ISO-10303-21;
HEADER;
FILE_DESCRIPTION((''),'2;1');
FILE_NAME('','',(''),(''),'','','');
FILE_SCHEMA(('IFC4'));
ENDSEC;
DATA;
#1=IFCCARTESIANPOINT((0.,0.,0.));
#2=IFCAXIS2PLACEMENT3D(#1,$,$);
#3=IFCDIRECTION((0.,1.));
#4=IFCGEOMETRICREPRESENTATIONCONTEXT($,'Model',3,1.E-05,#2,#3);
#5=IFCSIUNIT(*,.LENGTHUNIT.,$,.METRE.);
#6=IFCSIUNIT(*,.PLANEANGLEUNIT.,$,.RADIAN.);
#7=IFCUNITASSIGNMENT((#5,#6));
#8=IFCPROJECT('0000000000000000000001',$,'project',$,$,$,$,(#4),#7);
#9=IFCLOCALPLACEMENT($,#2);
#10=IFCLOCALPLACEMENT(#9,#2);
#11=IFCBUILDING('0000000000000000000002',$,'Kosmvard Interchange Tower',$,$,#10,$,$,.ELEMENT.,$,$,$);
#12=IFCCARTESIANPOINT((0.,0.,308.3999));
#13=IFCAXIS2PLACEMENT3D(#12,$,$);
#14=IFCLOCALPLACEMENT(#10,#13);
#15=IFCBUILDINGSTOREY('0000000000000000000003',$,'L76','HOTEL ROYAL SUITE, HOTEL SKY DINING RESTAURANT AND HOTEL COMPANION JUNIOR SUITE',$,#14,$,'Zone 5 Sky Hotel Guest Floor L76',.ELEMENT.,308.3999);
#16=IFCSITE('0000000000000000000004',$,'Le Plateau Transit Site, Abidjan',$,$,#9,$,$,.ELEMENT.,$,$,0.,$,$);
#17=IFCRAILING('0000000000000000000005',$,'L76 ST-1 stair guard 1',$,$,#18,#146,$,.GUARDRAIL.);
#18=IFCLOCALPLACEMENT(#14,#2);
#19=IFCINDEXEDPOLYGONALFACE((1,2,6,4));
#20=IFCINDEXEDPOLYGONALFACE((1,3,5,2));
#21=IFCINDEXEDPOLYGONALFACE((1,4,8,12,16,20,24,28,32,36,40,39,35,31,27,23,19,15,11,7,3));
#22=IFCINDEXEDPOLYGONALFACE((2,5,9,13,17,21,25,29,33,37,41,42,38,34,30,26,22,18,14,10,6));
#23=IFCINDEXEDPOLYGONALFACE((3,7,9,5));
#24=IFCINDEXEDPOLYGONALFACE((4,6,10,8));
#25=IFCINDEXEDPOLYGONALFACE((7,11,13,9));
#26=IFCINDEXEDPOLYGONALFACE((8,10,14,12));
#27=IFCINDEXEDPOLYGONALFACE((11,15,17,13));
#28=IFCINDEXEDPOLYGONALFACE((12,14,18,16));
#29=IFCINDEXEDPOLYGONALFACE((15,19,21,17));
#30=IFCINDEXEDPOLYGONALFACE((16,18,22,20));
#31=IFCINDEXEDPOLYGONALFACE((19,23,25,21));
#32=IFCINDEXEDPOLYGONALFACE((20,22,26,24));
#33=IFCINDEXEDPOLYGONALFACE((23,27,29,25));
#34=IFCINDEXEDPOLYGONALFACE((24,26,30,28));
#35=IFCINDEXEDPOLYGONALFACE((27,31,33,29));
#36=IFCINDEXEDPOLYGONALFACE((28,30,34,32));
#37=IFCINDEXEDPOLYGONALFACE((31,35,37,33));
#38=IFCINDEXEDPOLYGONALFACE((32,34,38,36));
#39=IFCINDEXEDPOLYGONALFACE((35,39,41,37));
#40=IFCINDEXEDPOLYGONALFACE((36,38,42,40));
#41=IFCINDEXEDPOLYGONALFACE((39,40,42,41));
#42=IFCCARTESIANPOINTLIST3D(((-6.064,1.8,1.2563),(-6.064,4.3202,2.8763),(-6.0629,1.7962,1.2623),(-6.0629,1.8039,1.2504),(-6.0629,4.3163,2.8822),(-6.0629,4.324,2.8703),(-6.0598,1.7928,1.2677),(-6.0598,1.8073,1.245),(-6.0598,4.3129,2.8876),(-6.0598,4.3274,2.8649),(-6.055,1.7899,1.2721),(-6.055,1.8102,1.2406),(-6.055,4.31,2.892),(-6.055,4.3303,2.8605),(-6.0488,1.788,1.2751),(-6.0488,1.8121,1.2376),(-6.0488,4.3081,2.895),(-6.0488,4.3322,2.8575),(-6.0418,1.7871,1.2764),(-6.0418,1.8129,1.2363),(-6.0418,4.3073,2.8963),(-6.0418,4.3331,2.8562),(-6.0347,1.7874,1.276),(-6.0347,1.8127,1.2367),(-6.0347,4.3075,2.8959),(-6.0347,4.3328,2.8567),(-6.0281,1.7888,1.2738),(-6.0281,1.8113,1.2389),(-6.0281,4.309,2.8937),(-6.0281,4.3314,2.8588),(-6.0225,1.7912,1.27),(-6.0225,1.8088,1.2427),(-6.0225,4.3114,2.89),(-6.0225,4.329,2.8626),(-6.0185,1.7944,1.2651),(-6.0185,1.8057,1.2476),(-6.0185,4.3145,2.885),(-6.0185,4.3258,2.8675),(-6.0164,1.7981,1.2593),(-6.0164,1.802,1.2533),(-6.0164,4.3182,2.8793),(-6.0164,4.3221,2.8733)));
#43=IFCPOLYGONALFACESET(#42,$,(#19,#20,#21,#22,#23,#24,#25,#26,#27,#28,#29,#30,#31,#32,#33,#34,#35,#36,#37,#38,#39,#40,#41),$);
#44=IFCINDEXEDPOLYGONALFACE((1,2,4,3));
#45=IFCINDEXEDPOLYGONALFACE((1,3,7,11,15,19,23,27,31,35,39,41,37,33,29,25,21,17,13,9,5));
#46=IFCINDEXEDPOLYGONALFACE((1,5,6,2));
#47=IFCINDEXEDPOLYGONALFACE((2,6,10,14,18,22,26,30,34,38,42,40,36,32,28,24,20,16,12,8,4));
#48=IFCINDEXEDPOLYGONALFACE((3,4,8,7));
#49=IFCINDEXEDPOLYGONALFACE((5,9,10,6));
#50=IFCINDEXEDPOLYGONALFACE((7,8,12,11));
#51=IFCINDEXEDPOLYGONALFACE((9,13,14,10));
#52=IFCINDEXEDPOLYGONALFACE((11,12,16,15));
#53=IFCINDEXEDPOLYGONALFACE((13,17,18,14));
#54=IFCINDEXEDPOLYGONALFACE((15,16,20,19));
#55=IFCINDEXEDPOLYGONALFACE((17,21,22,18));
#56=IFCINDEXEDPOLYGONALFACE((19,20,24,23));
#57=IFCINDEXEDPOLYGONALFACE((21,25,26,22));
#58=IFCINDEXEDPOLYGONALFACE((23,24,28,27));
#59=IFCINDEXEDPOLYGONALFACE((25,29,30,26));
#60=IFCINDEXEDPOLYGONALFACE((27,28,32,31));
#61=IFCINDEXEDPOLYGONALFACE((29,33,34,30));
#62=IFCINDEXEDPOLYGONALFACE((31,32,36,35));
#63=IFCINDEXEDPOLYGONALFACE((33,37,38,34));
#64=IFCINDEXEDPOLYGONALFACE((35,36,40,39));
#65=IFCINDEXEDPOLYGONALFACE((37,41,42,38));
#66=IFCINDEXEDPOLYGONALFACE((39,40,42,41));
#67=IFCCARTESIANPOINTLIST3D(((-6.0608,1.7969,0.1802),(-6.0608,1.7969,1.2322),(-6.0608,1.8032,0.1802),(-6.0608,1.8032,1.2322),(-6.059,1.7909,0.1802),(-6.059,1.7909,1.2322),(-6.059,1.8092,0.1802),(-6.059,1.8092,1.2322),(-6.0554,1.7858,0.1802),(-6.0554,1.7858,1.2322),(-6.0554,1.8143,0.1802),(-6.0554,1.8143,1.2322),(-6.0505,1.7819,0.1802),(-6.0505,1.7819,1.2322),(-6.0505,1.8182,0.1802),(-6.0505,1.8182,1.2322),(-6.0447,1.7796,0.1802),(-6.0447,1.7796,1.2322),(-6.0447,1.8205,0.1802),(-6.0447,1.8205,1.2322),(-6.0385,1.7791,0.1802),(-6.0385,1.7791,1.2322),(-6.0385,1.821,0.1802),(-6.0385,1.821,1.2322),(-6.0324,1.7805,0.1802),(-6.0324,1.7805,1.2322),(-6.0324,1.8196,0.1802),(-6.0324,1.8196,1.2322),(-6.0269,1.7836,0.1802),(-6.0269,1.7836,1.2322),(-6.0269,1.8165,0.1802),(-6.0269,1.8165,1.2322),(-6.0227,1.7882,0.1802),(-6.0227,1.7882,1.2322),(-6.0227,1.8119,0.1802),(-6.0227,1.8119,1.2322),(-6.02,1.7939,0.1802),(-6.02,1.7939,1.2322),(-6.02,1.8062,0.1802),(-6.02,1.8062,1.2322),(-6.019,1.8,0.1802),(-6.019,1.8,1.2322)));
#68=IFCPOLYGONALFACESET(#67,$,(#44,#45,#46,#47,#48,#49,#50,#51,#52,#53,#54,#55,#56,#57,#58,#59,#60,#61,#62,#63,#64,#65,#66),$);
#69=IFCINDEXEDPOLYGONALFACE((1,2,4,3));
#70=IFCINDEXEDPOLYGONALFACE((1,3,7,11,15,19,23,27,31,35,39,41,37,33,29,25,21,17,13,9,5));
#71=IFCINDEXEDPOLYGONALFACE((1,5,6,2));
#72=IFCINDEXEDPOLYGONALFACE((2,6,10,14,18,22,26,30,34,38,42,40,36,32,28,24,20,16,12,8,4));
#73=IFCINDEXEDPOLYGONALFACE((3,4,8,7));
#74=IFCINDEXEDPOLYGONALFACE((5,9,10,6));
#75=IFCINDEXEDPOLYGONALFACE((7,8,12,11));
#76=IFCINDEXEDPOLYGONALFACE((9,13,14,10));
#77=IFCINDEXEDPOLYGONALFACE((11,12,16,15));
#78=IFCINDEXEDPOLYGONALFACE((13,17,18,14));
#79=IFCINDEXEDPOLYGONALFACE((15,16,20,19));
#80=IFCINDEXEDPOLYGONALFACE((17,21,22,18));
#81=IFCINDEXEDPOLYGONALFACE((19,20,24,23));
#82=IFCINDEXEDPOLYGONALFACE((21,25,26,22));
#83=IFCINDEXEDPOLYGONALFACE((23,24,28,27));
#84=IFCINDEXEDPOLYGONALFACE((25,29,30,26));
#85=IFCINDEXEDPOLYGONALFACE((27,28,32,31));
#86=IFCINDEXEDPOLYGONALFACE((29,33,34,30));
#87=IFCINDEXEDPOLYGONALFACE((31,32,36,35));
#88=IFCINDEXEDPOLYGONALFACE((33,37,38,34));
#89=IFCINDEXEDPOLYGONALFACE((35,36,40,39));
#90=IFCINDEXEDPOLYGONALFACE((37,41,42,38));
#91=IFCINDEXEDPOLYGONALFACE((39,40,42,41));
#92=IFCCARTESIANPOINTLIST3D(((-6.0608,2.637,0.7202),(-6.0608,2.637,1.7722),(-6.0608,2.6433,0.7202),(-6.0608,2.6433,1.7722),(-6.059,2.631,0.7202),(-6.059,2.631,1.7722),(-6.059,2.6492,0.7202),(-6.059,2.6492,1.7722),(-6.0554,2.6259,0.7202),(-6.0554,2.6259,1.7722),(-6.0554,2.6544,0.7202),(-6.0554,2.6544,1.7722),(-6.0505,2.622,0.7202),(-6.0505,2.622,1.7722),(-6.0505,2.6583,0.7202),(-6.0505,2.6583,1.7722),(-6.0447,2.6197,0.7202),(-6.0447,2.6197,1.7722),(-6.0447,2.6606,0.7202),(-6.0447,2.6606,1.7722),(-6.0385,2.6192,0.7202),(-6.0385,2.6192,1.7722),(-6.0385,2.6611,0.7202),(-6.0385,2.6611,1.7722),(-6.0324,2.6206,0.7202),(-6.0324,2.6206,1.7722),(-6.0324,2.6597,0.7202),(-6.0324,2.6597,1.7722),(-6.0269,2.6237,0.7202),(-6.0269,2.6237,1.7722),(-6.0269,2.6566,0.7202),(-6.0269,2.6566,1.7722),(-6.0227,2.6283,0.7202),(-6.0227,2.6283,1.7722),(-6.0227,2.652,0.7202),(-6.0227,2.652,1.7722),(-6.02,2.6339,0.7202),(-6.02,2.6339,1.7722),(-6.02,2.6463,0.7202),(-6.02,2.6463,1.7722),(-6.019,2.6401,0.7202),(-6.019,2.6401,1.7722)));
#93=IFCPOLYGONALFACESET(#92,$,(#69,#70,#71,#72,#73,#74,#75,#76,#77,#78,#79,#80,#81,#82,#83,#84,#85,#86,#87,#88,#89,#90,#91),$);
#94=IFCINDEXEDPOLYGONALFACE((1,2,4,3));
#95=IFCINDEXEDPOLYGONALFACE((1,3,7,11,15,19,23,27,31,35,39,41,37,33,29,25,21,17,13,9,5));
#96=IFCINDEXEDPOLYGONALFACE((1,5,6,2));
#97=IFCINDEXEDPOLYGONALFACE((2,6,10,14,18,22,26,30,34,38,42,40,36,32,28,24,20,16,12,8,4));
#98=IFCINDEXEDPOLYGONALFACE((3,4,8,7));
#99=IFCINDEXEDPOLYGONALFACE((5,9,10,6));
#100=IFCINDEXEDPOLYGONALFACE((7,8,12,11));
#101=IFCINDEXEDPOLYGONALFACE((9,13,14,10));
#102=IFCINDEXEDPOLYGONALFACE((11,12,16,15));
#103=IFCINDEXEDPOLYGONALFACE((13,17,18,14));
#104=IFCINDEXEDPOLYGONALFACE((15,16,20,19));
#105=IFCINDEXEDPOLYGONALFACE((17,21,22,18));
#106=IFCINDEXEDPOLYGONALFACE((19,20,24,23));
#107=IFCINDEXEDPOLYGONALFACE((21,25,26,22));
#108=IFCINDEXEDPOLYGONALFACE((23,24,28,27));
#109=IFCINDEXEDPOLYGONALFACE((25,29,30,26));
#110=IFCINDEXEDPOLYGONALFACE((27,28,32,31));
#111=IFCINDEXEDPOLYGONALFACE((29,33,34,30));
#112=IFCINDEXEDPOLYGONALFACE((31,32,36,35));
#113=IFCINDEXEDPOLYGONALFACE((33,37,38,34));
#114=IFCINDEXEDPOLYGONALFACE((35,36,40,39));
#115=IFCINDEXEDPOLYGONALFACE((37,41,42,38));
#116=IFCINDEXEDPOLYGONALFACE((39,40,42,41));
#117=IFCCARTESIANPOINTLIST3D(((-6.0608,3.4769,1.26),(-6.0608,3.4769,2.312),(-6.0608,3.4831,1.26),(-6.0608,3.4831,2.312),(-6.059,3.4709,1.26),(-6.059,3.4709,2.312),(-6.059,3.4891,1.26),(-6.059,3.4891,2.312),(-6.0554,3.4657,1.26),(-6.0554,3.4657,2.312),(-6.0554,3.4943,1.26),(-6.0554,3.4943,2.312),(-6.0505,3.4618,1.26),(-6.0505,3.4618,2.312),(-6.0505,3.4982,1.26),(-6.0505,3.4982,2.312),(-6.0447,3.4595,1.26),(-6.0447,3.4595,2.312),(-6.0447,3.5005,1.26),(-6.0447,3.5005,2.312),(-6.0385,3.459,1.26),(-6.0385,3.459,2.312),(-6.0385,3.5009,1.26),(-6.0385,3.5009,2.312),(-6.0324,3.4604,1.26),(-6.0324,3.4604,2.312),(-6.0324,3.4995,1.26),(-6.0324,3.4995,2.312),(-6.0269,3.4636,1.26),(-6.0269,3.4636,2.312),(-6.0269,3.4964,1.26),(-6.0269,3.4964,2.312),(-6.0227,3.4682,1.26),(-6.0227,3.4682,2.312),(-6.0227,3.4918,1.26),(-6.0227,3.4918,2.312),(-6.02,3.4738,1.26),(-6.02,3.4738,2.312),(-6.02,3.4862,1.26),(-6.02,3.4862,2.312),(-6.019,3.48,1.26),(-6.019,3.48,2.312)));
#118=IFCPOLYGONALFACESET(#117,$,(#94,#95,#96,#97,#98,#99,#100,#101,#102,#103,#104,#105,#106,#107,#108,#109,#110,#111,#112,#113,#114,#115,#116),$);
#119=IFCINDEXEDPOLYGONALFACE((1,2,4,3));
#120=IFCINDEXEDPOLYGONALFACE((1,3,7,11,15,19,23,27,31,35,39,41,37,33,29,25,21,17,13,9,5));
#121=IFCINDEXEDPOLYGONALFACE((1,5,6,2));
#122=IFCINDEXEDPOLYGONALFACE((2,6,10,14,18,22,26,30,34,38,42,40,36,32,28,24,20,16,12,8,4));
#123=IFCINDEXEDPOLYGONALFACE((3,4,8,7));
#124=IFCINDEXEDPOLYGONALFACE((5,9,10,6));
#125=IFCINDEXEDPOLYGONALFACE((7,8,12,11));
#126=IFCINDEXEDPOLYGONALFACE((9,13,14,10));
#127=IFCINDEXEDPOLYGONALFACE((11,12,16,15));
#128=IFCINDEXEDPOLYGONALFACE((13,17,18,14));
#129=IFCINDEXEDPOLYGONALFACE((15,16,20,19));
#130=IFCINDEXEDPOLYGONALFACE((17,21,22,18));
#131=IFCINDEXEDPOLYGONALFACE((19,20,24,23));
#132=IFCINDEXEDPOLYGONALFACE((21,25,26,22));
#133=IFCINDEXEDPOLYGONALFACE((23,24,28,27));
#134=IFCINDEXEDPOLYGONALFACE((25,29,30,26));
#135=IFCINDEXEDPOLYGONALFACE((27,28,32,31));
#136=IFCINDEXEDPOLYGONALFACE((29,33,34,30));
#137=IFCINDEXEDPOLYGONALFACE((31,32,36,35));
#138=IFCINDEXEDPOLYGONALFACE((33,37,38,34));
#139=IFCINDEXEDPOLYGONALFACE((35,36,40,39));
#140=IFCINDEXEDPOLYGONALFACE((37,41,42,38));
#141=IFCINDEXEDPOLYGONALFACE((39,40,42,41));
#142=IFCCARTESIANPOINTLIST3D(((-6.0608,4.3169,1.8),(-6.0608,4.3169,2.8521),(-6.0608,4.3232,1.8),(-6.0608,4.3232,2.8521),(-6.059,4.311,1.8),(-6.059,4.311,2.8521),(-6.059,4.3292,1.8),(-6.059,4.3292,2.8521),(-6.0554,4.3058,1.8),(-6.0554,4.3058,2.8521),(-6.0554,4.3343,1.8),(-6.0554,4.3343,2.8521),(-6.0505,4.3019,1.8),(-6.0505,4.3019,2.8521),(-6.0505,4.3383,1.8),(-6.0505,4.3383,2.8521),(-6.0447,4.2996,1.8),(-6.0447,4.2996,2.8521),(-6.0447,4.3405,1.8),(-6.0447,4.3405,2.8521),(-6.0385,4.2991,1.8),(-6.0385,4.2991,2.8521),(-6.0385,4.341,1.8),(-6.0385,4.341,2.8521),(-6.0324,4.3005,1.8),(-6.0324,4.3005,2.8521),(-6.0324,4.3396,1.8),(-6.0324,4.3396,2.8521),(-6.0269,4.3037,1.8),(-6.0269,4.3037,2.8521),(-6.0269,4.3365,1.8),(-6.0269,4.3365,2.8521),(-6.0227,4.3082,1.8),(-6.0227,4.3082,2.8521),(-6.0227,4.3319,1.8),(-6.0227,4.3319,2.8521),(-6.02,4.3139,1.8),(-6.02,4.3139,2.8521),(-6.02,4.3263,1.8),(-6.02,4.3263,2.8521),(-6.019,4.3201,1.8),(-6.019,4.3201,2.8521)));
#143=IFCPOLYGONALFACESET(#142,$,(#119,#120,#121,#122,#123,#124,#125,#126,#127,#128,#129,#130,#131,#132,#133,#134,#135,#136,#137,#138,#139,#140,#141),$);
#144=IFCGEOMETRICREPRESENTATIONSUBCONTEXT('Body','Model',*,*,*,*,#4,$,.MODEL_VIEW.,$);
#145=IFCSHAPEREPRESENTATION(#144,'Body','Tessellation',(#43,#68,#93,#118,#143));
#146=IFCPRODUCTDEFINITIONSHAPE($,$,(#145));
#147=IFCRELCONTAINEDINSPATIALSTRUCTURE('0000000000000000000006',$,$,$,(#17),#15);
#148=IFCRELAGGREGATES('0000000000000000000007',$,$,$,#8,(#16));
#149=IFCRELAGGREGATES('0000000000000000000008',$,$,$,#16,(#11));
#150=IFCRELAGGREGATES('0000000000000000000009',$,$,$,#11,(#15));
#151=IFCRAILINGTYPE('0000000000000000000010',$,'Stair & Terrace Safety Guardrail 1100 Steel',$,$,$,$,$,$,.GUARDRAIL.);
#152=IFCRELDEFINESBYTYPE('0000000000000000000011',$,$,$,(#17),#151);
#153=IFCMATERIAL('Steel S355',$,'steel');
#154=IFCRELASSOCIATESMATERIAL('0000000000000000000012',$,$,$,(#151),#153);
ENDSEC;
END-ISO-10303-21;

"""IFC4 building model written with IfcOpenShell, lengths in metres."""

from ifc_helpers import new_model, si_unit, direction, frame, origin, origin_2d, place, context, subcontext, project, spatial, circle, extrude, source, transform, mapped, material, type_object, element, save


model = new_model("IFC4")

# Units and contexts
model_context = context("Model", 3, precision=1e-05, world=origin(), true_north=direction((0.0, 1.0)))
body_context = subcontext(model_context, "Body", "Model", "MODEL_VIEW")
ifc_project = project(units=[si_unit("LENGTHUNIT", "METRE"), si_unit("PLANEANGLEUNIT", "RADIAN")], contexts=[model_context])

# Site, building, storey
site_placement = place(None, origin())
site = spatial("IfcSite", under=ifc_project, at=site_placement, Name="Le Plateau Transit Site, Abidjan", CompositionType="ELEMENT", RefElevation=0.0)
building_placement = place(site_placement, origin())
building = spatial("IfcBuilding", under=site, at=building_placement, Name="Kosmvard Interchange Tower", CompositionType="ELEMENT")
storey_placement = place(building_placement, frame((0.0, 0.0, 308.3999)))
storey = spatial("IfcBuildingStorey", under=building, at=storey_placement, Name="L76", Description="HOTEL ROYAL SUITE, HOTEL SKY DINING RESTAURANT AND HOTEL COMPANION JUNIOR SUITE", LongName="Zone 5 Sky Hotel Guest Floor L76", CompositionType="ELEMENT", Elevation=308.3999)

# Shared definitions
ifc_material_1 = material(Name="Steel S355", Category="steel")

# Railing
railing_type_1 = type_object("IfcRailingType", Name="Stair & Terrace Safety Guardrail 1100 Steel", PredefinedType="GUARDRAIL", material=ifc_material_1)
shared_shape_1 = source(origin(), body_context, "Body", "SweptSolid", [
    extrude(circle(Radius=0.0239, at=origin_2d()), frame((0.0, 0.0, 1.0762), z_axis=(0.0, 0.8412, 0.540725), x_axis=(-1.0, 0.0, 0.0)), (0.0, 0.0, 1.0), 2.9958),
    extrude(circle(Radius=0.021, at=origin_2d()), origin(), (0.0, 0.0, 1.0), 1.052),
    extrude(circle(Radius=0.021, at=origin_2d()), frame((0.0, 0.8401, 0.54)), (0.0, 0.0, 1.0), 1.052),
    extrude(circle(Radius=0.021, at=origin_2d()), frame((0.0, 1.6799, 1.0798)), (0.0, 0.0, 1.0), 1.052),
    extrude(circle(Radius=0.021, at=origin_2d()), frame((0.0, 2.52, 1.6199)), (0.0, 0.0, 1.0), 1.052),
])
railing_1_placement = place(storey_placement, frame((-6.04, 1.8, 0.1802)))
element("IfcRailing", 1, at=railing_1_placement, inside=storey, type_object=railing_type_1, Name="L76 ST-1 stair guard 1", PredefinedType="GUARDRAIL", context=body_context, shape_type="MappedRepresentation", body=[
    mapped(shared_shape_1, transform((0.0, 0.0, 0.0), scale=1.0)),
])

save(model, "model.ifc")
